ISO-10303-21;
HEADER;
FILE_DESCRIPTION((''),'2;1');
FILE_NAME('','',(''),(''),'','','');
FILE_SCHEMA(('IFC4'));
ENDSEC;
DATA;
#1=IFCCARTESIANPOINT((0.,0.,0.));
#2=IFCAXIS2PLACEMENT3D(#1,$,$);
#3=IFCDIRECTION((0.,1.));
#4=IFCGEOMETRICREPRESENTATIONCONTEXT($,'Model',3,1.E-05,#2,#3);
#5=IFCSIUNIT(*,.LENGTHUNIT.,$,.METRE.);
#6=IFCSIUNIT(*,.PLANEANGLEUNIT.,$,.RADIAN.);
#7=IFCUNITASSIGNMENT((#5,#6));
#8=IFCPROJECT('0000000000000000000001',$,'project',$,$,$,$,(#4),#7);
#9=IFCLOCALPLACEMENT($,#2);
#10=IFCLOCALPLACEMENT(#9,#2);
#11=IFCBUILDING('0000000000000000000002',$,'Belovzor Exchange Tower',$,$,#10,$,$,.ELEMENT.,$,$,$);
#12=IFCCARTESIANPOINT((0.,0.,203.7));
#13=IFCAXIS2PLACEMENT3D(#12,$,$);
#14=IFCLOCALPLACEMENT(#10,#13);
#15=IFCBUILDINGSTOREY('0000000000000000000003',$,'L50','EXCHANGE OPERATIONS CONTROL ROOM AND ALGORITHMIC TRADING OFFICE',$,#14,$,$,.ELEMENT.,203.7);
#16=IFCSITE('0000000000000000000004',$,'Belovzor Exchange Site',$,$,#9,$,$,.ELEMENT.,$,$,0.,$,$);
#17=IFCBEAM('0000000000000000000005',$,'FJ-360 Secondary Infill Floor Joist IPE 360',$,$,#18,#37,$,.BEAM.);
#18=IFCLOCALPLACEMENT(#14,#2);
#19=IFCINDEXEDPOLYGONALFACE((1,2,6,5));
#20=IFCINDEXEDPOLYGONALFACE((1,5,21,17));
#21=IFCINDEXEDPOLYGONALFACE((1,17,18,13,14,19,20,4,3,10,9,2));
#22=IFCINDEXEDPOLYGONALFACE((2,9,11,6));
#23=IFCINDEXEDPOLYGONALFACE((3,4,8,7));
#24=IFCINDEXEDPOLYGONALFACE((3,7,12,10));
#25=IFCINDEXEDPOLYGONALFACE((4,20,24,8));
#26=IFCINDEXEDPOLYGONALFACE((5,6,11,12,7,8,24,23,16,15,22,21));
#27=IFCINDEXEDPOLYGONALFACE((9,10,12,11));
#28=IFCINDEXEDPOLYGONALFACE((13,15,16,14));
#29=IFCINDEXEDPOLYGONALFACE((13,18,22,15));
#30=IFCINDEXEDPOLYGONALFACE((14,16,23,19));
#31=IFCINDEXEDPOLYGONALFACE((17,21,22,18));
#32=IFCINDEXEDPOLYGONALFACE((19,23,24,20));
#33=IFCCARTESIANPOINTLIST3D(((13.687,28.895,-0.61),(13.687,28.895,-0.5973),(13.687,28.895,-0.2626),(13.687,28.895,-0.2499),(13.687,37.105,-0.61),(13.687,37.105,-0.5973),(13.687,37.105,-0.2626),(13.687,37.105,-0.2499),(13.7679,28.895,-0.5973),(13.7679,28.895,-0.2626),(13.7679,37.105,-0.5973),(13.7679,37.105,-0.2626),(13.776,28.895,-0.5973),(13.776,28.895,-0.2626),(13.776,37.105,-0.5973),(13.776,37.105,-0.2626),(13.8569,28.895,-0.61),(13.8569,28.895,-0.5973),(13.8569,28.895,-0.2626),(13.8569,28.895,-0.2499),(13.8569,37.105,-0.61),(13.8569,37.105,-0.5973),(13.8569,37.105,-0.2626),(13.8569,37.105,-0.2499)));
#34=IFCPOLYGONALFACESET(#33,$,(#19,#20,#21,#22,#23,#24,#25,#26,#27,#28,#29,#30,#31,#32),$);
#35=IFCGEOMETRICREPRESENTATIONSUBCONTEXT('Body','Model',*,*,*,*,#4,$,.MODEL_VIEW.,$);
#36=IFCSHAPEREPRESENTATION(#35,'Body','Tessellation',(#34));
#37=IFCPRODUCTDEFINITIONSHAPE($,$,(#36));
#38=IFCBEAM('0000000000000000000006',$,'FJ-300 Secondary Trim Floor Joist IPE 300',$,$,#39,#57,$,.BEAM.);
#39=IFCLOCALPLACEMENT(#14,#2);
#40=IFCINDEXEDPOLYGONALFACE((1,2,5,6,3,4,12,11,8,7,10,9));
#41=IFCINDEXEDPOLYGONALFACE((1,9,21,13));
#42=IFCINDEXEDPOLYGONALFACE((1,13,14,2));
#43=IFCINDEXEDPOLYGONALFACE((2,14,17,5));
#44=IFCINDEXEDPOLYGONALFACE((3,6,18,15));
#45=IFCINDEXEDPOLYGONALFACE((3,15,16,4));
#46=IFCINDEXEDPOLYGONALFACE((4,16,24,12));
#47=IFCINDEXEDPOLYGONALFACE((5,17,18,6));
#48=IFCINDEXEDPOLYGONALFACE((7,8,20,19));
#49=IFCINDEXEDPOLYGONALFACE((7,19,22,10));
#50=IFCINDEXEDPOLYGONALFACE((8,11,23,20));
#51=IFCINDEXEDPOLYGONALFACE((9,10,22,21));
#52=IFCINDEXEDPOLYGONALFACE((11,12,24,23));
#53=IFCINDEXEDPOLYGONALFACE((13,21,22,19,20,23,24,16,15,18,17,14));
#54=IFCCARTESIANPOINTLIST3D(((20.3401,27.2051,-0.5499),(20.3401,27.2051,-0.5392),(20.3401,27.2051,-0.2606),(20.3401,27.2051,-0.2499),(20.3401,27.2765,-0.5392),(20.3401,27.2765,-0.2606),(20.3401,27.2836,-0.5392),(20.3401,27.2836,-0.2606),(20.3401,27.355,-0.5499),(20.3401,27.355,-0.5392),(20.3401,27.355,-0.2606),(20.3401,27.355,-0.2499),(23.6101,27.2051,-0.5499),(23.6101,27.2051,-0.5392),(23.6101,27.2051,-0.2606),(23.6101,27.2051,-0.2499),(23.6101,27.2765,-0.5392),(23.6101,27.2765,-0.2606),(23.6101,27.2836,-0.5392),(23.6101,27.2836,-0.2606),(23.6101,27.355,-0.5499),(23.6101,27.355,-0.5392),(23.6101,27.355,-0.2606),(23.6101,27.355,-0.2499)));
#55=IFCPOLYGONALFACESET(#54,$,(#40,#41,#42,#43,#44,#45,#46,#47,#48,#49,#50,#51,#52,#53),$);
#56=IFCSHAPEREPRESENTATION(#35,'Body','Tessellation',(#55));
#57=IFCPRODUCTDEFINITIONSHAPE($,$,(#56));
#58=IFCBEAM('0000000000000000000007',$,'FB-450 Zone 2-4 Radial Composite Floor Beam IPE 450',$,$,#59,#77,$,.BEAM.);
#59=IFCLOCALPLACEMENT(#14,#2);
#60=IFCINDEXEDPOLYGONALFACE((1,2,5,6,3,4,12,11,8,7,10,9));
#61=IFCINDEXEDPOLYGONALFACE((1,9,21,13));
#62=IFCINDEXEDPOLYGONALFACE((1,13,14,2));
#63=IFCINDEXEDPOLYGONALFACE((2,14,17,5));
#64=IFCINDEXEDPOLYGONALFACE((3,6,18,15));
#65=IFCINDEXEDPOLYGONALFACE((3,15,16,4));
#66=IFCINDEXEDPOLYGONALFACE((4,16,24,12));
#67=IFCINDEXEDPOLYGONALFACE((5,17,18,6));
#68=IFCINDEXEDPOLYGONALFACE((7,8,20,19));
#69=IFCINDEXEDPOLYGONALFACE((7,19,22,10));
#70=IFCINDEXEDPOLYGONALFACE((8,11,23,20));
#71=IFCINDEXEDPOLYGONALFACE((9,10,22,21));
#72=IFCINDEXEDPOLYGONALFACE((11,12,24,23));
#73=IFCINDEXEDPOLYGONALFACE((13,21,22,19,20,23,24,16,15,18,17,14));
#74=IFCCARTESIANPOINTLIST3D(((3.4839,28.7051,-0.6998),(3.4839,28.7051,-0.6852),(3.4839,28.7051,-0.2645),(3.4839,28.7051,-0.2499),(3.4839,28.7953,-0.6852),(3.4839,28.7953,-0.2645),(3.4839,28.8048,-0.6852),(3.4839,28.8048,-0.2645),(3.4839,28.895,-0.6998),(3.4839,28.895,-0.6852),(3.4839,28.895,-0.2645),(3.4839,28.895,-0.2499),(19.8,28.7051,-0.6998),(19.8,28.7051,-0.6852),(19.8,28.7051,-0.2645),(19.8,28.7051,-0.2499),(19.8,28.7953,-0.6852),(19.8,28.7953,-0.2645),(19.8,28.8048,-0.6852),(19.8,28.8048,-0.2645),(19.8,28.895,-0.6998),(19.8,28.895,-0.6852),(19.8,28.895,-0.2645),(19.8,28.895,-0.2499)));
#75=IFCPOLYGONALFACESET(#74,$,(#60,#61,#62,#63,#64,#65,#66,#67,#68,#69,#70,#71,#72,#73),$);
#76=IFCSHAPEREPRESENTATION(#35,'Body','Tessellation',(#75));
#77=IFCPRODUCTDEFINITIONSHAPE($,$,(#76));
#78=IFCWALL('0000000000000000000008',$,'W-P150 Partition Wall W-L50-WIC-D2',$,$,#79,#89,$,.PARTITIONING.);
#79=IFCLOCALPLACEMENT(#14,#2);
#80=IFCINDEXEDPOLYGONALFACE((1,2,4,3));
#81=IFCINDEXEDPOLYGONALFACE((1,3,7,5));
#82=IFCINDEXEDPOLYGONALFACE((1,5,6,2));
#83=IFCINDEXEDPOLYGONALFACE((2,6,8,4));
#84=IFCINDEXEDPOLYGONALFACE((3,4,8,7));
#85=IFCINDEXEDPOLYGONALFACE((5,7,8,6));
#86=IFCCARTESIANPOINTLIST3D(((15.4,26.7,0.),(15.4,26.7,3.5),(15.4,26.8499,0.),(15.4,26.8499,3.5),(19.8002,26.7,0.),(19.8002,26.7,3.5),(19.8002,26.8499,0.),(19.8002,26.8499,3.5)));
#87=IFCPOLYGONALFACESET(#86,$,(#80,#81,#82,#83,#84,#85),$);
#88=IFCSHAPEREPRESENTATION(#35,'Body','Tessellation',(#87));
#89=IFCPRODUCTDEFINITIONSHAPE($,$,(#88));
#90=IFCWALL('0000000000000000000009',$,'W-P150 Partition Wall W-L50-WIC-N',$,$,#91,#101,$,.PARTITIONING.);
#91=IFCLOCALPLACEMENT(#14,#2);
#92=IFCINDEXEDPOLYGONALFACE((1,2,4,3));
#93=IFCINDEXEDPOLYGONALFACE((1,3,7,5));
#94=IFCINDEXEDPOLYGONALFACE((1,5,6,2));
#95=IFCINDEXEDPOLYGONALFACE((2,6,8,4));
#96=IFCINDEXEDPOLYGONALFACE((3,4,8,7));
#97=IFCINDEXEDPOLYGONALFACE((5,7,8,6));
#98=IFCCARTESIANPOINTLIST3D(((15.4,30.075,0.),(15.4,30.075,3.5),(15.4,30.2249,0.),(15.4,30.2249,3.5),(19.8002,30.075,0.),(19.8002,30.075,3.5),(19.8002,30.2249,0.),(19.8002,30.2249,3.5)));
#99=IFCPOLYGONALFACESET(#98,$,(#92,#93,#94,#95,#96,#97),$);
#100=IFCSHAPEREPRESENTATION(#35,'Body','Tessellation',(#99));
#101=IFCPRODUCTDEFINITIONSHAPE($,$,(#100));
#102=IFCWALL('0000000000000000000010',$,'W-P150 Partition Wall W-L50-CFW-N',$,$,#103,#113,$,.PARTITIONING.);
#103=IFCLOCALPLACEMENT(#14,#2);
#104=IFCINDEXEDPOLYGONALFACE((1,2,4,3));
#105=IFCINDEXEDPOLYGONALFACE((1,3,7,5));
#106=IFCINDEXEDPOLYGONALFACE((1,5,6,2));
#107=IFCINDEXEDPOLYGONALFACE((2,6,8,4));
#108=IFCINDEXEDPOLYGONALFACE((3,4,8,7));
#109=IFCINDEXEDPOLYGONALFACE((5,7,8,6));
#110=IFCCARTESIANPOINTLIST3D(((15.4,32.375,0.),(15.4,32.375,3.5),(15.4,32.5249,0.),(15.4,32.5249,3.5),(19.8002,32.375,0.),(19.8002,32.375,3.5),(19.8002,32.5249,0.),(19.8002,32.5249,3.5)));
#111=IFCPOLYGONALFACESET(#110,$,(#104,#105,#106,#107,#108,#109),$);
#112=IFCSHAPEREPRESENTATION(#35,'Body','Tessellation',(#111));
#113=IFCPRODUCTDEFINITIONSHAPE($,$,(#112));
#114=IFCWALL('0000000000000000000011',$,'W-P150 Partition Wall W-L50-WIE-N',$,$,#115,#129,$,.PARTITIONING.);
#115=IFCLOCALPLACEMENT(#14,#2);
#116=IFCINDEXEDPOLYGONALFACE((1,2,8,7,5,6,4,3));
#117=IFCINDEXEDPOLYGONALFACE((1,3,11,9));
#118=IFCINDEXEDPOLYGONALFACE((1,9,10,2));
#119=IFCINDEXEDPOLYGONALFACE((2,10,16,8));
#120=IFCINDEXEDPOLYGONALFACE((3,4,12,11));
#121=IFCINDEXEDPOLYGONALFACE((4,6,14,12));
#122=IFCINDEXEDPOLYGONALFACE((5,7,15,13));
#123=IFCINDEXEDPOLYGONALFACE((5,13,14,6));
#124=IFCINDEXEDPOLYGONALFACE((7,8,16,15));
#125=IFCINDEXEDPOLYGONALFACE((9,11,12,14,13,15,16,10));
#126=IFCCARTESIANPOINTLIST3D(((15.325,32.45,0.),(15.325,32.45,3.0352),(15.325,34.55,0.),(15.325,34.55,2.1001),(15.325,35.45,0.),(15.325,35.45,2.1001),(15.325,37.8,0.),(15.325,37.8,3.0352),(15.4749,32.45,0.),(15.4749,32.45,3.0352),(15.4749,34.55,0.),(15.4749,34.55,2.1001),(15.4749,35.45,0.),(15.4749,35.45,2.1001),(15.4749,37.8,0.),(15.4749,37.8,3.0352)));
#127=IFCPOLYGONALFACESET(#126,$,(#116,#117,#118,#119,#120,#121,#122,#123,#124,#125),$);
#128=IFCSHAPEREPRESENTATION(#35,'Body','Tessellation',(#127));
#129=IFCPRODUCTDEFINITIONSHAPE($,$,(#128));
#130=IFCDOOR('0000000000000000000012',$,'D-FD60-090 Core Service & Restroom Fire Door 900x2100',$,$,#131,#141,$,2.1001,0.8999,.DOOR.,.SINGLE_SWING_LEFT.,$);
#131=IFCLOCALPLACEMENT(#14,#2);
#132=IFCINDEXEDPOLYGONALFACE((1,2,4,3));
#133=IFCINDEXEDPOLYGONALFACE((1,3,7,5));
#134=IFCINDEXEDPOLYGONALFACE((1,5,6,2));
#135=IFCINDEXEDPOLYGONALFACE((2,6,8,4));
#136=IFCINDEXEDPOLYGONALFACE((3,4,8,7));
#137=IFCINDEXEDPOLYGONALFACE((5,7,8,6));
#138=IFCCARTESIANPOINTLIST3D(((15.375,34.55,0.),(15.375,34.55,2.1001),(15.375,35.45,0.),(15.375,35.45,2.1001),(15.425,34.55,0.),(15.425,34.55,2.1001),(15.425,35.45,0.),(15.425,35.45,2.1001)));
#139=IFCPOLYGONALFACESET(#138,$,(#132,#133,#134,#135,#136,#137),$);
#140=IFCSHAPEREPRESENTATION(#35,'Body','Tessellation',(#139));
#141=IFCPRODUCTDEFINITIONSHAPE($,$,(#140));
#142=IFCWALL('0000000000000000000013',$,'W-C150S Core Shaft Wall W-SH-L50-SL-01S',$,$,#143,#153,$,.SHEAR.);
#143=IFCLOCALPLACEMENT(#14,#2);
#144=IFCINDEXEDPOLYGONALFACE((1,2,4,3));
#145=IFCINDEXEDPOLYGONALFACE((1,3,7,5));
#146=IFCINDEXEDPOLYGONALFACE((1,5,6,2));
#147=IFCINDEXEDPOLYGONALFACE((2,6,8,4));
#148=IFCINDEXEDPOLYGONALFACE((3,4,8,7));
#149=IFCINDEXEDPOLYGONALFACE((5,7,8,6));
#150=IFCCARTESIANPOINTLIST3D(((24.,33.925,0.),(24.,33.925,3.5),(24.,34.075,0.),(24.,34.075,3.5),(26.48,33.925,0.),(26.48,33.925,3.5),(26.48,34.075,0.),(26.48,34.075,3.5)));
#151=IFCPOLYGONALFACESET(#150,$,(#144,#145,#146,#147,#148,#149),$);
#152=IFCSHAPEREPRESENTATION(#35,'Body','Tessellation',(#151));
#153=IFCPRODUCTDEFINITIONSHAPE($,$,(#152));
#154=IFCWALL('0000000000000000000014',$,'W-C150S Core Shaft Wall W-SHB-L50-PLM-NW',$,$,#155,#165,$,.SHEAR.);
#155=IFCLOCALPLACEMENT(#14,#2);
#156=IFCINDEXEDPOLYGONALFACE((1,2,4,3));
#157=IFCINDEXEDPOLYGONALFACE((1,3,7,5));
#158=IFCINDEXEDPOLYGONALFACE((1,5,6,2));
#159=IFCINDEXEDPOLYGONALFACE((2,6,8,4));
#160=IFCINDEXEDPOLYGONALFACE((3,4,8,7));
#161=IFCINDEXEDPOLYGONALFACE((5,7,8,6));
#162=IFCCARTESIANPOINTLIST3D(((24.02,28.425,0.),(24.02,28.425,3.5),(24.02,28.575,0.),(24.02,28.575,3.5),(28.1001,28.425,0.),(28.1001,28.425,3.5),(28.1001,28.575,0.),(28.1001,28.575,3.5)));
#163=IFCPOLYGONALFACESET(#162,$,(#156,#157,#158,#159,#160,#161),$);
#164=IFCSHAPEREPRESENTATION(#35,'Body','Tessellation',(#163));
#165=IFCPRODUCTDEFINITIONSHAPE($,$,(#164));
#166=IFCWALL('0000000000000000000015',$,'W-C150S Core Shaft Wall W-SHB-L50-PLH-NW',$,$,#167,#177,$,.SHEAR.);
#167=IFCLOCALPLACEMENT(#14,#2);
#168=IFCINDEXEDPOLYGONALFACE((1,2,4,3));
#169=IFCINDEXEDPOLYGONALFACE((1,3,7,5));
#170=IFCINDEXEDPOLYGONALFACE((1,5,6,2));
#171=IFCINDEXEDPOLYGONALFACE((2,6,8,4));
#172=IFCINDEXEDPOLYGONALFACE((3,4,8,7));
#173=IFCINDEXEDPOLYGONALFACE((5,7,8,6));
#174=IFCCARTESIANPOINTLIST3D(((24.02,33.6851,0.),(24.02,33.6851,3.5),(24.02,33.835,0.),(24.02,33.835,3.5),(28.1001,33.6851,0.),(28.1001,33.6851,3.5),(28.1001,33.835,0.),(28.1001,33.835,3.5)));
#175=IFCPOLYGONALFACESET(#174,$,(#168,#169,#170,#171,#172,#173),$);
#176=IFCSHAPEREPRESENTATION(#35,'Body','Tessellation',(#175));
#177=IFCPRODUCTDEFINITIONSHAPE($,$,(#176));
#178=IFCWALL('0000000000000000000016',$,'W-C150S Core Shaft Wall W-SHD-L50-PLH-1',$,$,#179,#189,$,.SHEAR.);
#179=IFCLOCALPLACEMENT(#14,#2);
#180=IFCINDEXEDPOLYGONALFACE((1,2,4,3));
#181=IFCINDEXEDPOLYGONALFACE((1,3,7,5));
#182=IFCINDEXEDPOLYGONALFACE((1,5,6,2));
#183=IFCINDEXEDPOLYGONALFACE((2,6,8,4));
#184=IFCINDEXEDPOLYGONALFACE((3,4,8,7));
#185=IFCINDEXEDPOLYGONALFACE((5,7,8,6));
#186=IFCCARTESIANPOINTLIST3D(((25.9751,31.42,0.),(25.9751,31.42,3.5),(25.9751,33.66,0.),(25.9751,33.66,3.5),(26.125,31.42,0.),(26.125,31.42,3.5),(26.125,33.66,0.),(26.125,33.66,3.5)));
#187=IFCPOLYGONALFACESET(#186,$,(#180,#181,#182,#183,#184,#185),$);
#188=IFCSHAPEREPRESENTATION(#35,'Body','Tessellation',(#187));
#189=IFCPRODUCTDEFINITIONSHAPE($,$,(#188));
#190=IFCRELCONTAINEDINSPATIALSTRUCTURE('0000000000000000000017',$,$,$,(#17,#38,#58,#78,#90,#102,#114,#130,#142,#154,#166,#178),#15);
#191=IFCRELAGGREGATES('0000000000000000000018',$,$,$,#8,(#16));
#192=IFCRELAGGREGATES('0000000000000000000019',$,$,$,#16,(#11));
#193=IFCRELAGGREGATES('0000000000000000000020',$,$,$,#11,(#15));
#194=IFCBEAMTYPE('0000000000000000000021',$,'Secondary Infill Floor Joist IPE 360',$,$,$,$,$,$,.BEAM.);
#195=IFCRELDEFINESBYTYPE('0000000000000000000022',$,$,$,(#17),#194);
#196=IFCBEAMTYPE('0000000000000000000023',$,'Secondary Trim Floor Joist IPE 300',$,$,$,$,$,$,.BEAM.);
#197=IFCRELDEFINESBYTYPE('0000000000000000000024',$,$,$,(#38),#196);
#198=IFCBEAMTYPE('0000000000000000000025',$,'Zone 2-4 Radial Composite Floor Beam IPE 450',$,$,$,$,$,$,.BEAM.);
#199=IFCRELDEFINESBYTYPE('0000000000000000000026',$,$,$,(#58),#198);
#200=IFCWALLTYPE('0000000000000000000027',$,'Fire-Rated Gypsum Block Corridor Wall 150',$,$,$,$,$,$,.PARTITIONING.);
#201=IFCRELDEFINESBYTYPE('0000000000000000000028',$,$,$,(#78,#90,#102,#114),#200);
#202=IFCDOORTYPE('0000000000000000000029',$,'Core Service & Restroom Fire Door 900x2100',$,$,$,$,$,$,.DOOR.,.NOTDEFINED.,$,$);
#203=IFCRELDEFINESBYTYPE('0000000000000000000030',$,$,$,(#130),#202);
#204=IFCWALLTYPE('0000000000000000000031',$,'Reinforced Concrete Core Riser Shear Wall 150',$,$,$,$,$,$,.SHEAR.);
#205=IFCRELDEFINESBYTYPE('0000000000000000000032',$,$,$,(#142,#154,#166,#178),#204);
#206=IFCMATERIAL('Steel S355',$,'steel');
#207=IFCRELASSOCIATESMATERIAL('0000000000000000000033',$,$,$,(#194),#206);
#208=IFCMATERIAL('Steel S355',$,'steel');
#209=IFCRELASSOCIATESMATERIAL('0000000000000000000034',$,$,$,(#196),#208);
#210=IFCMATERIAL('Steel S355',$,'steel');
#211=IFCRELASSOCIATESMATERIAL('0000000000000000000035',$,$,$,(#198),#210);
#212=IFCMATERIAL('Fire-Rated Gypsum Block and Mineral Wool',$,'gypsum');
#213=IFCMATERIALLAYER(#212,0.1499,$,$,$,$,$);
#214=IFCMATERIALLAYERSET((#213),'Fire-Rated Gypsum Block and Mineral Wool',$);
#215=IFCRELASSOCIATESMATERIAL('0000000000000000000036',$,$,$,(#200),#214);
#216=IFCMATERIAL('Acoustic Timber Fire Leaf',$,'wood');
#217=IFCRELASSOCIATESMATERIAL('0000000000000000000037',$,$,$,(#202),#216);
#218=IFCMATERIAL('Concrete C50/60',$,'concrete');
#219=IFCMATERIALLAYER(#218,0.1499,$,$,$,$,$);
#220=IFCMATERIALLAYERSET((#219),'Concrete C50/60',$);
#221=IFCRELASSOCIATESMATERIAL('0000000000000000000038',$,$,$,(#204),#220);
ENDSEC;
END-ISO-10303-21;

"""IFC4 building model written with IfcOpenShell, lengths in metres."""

from ifc_helpers import new_model, si_unit, direction, frame, frame_2d, origin, origin_2d, place, context, subcontext, project, spatial, rectangle, i_section, extrude, material, layer, layer_set, material_profile, profile_set, type_object, element, fill, save


model = new_model("IFC4")

# Units and contexts
model_context = context("Model", 3, precision=1e-05, world=origin(), true_north=direction((0.0, 1.0)))
body_context = subcontext(model_context, "Body", "Model", "MODEL_VIEW")
ifc_project = project(units=[si_unit("LENGTHUNIT", "METRE"), si_unit("PLANEANGLEUNIT", "RADIAN")], contexts=[model_context])

# Site, building, storey
site_placement = place(None, origin())
site = spatial("IfcSite", under=ifc_project, at=site_placement, Name="Belovzor Exchange Site", CompositionType="ELEMENT", RefElevation=0.0)
building_placement = place(site_placement, origin())
building = spatial("IfcBuilding", under=site, at=building_placement, Name="Belovzor Exchange Tower", CompositionType="ELEMENT")
storey_placement = place(building_placement, frame((0.0, 0.0, 203.7)))
storey = spatial("IfcBuildingStorey", under=building, at=storey_placement, Name="L50", Description="EXCHANGE OPERATIONS CONTROL ROOM AND ALGORITHMIC TRADING OFFICE", CompositionType="ELEMENT", Elevation=203.7)

# Beams
ifc_material_1 = material(Name="Steel S355", Category="steel")
ifc_material_profile_1 = material_profile(ifc_material_1, i_section(OverallWidth=0.1699, OverallDepth=0.3601, WebThickness=0.0081, FlangeThickness=0.0127, at=origin_2d()))
ifc_profile_set_1 = profile_set([ifc_material_profile_1], Name="Steel S355")
beam_type_1 = type_object("IfcBeamType", Name="Secondary Infill Floor Joist IPE 360", PredefinedType="BEAM", material=ifc_profile_set_1)
beam_1_placement = place(storey_placement, frame((13.772, 28.895, -0.4299), z_axis=(0.0, 1.0, 0.0), x_axis=(-1.0, 0.0, 0.0)))
element("IfcBeam", 1, at=beam_1_placement, inside=storey, type_object=beam_type_1, Name="FJ-360 Secondary Infill Floor Joist IPE 360", PredefinedType="BEAM", context=body_context, shape_type="SweptSolid", body=[
    extrude(i_section(OverallWidth=0.1699, OverallDepth=0.3601, WebThickness=0.0081, FlangeThickness=0.0127, at=origin_2d()), origin(), (0.0, 0.0, 1.0), 8.21),
])
ifc_material_2 = material(Name="Steel S355", Category="steel")
ifc_material_profile_2 = material_profile(ifc_material_2, i_section(OverallWidth=0.1499, OverallDepth=0.3, WebThickness=0.0071, FlangeThickness=0.0107, at=origin_2d()))
ifc_profile_set_2 = profile_set([ifc_material_profile_2], Name="Steel S355")
beam_type_2 = type_object("IfcBeamType", Name="Secondary Trim Floor Joist IPE 300", PredefinedType="BEAM", material=ifc_profile_set_2)
beam_2_placement = place(storey_placement, frame((20.3401, 27.28, -0.3999), z_axis=(1.0, 0.0, 0.0), x_axis=(0.0, 1.0, 0.0)))
element("IfcBeam", 2, at=beam_2_placement, inside=storey, type_object=beam_type_2, Name="FJ-300 Secondary Trim Floor Joist IPE 300", PredefinedType="BEAM", context=body_context, shape_type="SweptSolid", body=[
    extrude(i_section(OverallWidth=0.1499, OverallDepth=0.3, WebThickness=0.0071, FlangeThickness=0.0107, at=origin_2d()), origin(), (0.0, 0.0, 1.0), 3.27),
])
ifc_material_3 = material(Name="Steel S355", Category="steel")
ifc_material_profile_3 = material_profile(ifc_material_3, i_section(OverallWidth=0.1899, OverallDepth=0.45, WebThickness=0.0095, FlangeThickness=0.0146, at=origin_2d()))
ifc_profile_set_3 = profile_set([ifc_material_profile_3], Name="Steel S355")
beam_type_3 = type_object("IfcBeamType", Name="Zone 2-4 Radial Composite Floor Beam IPE 450", PredefinedType="BEAM", material=ifc_profile_set_3)
beam_3_placement = place(storey_placement, frame((19.8, 28.8, -0.4749), z_axis=(-1.0, 0.0, 0.0), x_axis=(0.0, -1.0, 0.0)))
element("IfcBeam", 3, at=beam_3_placement, inside=storey, type_object=beam_type_3, Name="FB-450 Zone 2-4 Radial Composite Floor Beam IPE 450", PredefinedType="BEAM", context=body_context, shape_type="SweptSolid", body=[
    extrude(i_section(OverallWidth=0.1899, OverallDepth=0.45, WebThickness=0.0095, FlangeThickness=0.0146, at=origin_2d()), origin(), (0.0, 0.0, 1.0), 16.3162),
])

# Walls
ifc_material_4 = material(Name="Fire-Rated Gypsum Block and Mineral Wool", Category="gypsum")
ifc_layer_1 = layer(ifc_material_4, 0.1499)
ifc_layer_set_1 = layer_set([ifc_layer_1], Name="Fire-Rated Gypsum Block and Mineral Wool")
wall_type_1 = type_object("IfcWallType", Name="Fire-Rated Gypsum Block Corridor Wall 150", PredefinedType="PARTITIONING", material=ifc_layer_set_1)
for number, where, z_axis, x_axis, name in (
    (4, (15.3999, 26.7749, 0.0), (0.0, 0.0, 1.0), (1.0, 0.0, 0.0), "W-P150 Partition Wall W-L50-WIC-D2"),
    (5, (15.3999, 30.1499, 0.0), (0.0, 0.0, 1.0), (1.0, 0.0, 0.0), "W-P150 Partition Wall W-L50-WIC-N"),
    (6, (15.3999, 32.45, 0.0), (0.0, 0.0, 1.0), (1.0, 0.0, 0.0), "W-P150 Partition Wall W-L50-CFW-N"),
):
    element("IfcWall", number, at=place(storey_placement, frame(where, z_axis=z_axis, x_axis=x_axis)), inside=storey, type_object=wall_type_1, Name=name, PredefinedType="PARTITIONING", context=body_context, shape_type="SweptSolid", body=[
        extrude(rectangle(XDim=4.4001, YDim=0.1499, at=frame_2d((2.2002, 0.0))), origin(), (0.0, 0.0, 1.0), 3.5),
    ])

# Wall, opening, door
wall_1_placement = place(storey_placement, frame((15.3999, 32.45, 0.0), z_axis=(0.0, 0.0, 1.0), x_axis=(0.0, 1.0, 0.0)))
wall_1 = element("IfcWall", 7, at=wall_1_placement, inside=storey, type_object=wall_type_1, Name="W-P150 Partition Wall W-L50-WIE-N", PredefinedType="PARTITIONING", context=body_context, shape_type="SweptSolid", body=[
    extrude(rectangle(XDim=5.3501, YDim=0.1499, at=frame_2d((2.675, 0.0))), origin(), (0.0, 0.0, 1.0), 3.0352),
])
opening_1_placement = place(wall_1_placement, frame((2.1001, 0.0, 0.0)))
opening_1 = element("IfcOpeningElement", 8, at=opening_1_placement, cuts=wall_1, PredefinedType="OPENING", context=body_context, shape_type="SweptSolid", body=[
    extrude(rectangle(XDim=0.8999, YDim=2.1001, at=frame_2d((0.45, 1.05))), frame((0.0, 0.085, 0.0), z_axis=(0.0, -1.0, 0.0), x_axis=(1.0, 0.0, 0.0)), (0.0, 0.0, 1.0), 0.1699),
])
ifc_material_5 = material(Name="Acoustic Timber Fire Leaf", Category="wood")
door_type_1 = type_object("IfcDoorType", Name="Core Service & Restroom Fire Door 900x2100", OperationType="NOTDEFINED", PredefinedType="DOOR", material=ifc_material_5)
door_1_placement = place(opening_1_placement, origin())
door_1 = element("IfcDoor", 9, at=door_1_placement, inside=storey, type_object=door_type_1, Name="D-FD60-090 Core Service & Restroom Fire Door 900x2100", OperationType="SINGLE_SWING_LEFT", OverallHeight=2.1001, OverallWidth=0.8999, PredefinedType="DOOR", context=body_context, shape_type="SweptSolid", body=[
    extrude(rectangle(XDim=0.8999, YDim=2.1001, at=frame_2d((0.45, 1.05))), frame((0.0, 0.0249, 0.0), z_axis=(0.0, -1.0, 0.0), x_axis=(1.0, 0.0, 0.0)), (0.0, 0.0, 1.0), 0.05),
])
fill(opening_1, door_1)

# Walls
ifc_material_6 = material(Name="Concrete C50/60", Category="concrete")
ifc_layer_2 = layer(ifc_material_6, 0.1499)
ifc_layer_set_2 = layer_set([ifc_layer_2], Name="Concrete C50/60")
wall_type_2 = type_object("IfcWallType", Name="Reinforced Concrete Core Riser Shear Wall 150", PredefinedType="SHEAR", material=ifc_layer_set_2)
wall_2_placement = place(storey_placement, frame((24.0, 34.0, 0.0), z_axis=(0.0, 0.0, 1.0), x_axis=(1.0, 0.0, 0.0)))
element("IfcWall", 10, at=wall_2_placement, inside=storey, type_object=wall_type_2, Name="W-C150S Core Shaft Wall W-SH-L50-SL-01S", PredefinedType="SHEAR", context=body_context, shape_type="SweptSolid", body=[
    extrude(rectangle(XDim=2.48, YDim=0.1499, at=frame_2d((1.24, 0.0))), origin(), (0.0, 0.0, 1.0), 3.5),
])
for number, where, z_axis, x_axis, name in (
    (11, (24.02, 28.5, 0.0), (0.0, 0.0, 1.0), (1.0, 0.0, 0.0), "W-C150S Core Shaft Wall W-SHB-L50-PLM-NW"),
    (12, (24.02, 33.76, 0.0), (0.0, 0.0, 1.0), (1.0, 0.0, 0.0), "W-C150S Core Shaft Wall W-SHB-L50-PLH-NW"),
):
    element("IfcWall", number, at=place(storey_placement, frame(where, z_axis=z_axis, x_axis=x_axis)), inside=storey, type_object=wall_type_2, Name=name, PredefinedType="SHEAR", context=body_context, shape_type="SweptSolid", body=[
        extrude(rectangle(XDim=4.0801, YDim=0.1499, at=frame_2d((2.04, 0.0))), origin(), (0.0, 0.0, 1.0), 3.5),
    ])
wall_3_placement = place(storey_placement, frame((26.05, 31.4199, 0.0), z_axis=(0.0, 0.0, 1.0), x_axis=(0.0, 1.0, 0.0)))
element("IfcWall", 13, at=wall_3_placement, inside=storey, type_object=wall_type_2, Name="W-C150S Core Shaft Wall W-SHD-L50-PLH-1", PredefinedType="SHEAR", context=body_context, shape_type="SweptSolid", body=[
    extrude(rectangle(XDim=2.24, YDim=0.1499, at=frame_2d((1.1201, 0.0))), origin(), (0.0, 0.0, 1.0), 3.5),
])

save(model, "model.ifc")
